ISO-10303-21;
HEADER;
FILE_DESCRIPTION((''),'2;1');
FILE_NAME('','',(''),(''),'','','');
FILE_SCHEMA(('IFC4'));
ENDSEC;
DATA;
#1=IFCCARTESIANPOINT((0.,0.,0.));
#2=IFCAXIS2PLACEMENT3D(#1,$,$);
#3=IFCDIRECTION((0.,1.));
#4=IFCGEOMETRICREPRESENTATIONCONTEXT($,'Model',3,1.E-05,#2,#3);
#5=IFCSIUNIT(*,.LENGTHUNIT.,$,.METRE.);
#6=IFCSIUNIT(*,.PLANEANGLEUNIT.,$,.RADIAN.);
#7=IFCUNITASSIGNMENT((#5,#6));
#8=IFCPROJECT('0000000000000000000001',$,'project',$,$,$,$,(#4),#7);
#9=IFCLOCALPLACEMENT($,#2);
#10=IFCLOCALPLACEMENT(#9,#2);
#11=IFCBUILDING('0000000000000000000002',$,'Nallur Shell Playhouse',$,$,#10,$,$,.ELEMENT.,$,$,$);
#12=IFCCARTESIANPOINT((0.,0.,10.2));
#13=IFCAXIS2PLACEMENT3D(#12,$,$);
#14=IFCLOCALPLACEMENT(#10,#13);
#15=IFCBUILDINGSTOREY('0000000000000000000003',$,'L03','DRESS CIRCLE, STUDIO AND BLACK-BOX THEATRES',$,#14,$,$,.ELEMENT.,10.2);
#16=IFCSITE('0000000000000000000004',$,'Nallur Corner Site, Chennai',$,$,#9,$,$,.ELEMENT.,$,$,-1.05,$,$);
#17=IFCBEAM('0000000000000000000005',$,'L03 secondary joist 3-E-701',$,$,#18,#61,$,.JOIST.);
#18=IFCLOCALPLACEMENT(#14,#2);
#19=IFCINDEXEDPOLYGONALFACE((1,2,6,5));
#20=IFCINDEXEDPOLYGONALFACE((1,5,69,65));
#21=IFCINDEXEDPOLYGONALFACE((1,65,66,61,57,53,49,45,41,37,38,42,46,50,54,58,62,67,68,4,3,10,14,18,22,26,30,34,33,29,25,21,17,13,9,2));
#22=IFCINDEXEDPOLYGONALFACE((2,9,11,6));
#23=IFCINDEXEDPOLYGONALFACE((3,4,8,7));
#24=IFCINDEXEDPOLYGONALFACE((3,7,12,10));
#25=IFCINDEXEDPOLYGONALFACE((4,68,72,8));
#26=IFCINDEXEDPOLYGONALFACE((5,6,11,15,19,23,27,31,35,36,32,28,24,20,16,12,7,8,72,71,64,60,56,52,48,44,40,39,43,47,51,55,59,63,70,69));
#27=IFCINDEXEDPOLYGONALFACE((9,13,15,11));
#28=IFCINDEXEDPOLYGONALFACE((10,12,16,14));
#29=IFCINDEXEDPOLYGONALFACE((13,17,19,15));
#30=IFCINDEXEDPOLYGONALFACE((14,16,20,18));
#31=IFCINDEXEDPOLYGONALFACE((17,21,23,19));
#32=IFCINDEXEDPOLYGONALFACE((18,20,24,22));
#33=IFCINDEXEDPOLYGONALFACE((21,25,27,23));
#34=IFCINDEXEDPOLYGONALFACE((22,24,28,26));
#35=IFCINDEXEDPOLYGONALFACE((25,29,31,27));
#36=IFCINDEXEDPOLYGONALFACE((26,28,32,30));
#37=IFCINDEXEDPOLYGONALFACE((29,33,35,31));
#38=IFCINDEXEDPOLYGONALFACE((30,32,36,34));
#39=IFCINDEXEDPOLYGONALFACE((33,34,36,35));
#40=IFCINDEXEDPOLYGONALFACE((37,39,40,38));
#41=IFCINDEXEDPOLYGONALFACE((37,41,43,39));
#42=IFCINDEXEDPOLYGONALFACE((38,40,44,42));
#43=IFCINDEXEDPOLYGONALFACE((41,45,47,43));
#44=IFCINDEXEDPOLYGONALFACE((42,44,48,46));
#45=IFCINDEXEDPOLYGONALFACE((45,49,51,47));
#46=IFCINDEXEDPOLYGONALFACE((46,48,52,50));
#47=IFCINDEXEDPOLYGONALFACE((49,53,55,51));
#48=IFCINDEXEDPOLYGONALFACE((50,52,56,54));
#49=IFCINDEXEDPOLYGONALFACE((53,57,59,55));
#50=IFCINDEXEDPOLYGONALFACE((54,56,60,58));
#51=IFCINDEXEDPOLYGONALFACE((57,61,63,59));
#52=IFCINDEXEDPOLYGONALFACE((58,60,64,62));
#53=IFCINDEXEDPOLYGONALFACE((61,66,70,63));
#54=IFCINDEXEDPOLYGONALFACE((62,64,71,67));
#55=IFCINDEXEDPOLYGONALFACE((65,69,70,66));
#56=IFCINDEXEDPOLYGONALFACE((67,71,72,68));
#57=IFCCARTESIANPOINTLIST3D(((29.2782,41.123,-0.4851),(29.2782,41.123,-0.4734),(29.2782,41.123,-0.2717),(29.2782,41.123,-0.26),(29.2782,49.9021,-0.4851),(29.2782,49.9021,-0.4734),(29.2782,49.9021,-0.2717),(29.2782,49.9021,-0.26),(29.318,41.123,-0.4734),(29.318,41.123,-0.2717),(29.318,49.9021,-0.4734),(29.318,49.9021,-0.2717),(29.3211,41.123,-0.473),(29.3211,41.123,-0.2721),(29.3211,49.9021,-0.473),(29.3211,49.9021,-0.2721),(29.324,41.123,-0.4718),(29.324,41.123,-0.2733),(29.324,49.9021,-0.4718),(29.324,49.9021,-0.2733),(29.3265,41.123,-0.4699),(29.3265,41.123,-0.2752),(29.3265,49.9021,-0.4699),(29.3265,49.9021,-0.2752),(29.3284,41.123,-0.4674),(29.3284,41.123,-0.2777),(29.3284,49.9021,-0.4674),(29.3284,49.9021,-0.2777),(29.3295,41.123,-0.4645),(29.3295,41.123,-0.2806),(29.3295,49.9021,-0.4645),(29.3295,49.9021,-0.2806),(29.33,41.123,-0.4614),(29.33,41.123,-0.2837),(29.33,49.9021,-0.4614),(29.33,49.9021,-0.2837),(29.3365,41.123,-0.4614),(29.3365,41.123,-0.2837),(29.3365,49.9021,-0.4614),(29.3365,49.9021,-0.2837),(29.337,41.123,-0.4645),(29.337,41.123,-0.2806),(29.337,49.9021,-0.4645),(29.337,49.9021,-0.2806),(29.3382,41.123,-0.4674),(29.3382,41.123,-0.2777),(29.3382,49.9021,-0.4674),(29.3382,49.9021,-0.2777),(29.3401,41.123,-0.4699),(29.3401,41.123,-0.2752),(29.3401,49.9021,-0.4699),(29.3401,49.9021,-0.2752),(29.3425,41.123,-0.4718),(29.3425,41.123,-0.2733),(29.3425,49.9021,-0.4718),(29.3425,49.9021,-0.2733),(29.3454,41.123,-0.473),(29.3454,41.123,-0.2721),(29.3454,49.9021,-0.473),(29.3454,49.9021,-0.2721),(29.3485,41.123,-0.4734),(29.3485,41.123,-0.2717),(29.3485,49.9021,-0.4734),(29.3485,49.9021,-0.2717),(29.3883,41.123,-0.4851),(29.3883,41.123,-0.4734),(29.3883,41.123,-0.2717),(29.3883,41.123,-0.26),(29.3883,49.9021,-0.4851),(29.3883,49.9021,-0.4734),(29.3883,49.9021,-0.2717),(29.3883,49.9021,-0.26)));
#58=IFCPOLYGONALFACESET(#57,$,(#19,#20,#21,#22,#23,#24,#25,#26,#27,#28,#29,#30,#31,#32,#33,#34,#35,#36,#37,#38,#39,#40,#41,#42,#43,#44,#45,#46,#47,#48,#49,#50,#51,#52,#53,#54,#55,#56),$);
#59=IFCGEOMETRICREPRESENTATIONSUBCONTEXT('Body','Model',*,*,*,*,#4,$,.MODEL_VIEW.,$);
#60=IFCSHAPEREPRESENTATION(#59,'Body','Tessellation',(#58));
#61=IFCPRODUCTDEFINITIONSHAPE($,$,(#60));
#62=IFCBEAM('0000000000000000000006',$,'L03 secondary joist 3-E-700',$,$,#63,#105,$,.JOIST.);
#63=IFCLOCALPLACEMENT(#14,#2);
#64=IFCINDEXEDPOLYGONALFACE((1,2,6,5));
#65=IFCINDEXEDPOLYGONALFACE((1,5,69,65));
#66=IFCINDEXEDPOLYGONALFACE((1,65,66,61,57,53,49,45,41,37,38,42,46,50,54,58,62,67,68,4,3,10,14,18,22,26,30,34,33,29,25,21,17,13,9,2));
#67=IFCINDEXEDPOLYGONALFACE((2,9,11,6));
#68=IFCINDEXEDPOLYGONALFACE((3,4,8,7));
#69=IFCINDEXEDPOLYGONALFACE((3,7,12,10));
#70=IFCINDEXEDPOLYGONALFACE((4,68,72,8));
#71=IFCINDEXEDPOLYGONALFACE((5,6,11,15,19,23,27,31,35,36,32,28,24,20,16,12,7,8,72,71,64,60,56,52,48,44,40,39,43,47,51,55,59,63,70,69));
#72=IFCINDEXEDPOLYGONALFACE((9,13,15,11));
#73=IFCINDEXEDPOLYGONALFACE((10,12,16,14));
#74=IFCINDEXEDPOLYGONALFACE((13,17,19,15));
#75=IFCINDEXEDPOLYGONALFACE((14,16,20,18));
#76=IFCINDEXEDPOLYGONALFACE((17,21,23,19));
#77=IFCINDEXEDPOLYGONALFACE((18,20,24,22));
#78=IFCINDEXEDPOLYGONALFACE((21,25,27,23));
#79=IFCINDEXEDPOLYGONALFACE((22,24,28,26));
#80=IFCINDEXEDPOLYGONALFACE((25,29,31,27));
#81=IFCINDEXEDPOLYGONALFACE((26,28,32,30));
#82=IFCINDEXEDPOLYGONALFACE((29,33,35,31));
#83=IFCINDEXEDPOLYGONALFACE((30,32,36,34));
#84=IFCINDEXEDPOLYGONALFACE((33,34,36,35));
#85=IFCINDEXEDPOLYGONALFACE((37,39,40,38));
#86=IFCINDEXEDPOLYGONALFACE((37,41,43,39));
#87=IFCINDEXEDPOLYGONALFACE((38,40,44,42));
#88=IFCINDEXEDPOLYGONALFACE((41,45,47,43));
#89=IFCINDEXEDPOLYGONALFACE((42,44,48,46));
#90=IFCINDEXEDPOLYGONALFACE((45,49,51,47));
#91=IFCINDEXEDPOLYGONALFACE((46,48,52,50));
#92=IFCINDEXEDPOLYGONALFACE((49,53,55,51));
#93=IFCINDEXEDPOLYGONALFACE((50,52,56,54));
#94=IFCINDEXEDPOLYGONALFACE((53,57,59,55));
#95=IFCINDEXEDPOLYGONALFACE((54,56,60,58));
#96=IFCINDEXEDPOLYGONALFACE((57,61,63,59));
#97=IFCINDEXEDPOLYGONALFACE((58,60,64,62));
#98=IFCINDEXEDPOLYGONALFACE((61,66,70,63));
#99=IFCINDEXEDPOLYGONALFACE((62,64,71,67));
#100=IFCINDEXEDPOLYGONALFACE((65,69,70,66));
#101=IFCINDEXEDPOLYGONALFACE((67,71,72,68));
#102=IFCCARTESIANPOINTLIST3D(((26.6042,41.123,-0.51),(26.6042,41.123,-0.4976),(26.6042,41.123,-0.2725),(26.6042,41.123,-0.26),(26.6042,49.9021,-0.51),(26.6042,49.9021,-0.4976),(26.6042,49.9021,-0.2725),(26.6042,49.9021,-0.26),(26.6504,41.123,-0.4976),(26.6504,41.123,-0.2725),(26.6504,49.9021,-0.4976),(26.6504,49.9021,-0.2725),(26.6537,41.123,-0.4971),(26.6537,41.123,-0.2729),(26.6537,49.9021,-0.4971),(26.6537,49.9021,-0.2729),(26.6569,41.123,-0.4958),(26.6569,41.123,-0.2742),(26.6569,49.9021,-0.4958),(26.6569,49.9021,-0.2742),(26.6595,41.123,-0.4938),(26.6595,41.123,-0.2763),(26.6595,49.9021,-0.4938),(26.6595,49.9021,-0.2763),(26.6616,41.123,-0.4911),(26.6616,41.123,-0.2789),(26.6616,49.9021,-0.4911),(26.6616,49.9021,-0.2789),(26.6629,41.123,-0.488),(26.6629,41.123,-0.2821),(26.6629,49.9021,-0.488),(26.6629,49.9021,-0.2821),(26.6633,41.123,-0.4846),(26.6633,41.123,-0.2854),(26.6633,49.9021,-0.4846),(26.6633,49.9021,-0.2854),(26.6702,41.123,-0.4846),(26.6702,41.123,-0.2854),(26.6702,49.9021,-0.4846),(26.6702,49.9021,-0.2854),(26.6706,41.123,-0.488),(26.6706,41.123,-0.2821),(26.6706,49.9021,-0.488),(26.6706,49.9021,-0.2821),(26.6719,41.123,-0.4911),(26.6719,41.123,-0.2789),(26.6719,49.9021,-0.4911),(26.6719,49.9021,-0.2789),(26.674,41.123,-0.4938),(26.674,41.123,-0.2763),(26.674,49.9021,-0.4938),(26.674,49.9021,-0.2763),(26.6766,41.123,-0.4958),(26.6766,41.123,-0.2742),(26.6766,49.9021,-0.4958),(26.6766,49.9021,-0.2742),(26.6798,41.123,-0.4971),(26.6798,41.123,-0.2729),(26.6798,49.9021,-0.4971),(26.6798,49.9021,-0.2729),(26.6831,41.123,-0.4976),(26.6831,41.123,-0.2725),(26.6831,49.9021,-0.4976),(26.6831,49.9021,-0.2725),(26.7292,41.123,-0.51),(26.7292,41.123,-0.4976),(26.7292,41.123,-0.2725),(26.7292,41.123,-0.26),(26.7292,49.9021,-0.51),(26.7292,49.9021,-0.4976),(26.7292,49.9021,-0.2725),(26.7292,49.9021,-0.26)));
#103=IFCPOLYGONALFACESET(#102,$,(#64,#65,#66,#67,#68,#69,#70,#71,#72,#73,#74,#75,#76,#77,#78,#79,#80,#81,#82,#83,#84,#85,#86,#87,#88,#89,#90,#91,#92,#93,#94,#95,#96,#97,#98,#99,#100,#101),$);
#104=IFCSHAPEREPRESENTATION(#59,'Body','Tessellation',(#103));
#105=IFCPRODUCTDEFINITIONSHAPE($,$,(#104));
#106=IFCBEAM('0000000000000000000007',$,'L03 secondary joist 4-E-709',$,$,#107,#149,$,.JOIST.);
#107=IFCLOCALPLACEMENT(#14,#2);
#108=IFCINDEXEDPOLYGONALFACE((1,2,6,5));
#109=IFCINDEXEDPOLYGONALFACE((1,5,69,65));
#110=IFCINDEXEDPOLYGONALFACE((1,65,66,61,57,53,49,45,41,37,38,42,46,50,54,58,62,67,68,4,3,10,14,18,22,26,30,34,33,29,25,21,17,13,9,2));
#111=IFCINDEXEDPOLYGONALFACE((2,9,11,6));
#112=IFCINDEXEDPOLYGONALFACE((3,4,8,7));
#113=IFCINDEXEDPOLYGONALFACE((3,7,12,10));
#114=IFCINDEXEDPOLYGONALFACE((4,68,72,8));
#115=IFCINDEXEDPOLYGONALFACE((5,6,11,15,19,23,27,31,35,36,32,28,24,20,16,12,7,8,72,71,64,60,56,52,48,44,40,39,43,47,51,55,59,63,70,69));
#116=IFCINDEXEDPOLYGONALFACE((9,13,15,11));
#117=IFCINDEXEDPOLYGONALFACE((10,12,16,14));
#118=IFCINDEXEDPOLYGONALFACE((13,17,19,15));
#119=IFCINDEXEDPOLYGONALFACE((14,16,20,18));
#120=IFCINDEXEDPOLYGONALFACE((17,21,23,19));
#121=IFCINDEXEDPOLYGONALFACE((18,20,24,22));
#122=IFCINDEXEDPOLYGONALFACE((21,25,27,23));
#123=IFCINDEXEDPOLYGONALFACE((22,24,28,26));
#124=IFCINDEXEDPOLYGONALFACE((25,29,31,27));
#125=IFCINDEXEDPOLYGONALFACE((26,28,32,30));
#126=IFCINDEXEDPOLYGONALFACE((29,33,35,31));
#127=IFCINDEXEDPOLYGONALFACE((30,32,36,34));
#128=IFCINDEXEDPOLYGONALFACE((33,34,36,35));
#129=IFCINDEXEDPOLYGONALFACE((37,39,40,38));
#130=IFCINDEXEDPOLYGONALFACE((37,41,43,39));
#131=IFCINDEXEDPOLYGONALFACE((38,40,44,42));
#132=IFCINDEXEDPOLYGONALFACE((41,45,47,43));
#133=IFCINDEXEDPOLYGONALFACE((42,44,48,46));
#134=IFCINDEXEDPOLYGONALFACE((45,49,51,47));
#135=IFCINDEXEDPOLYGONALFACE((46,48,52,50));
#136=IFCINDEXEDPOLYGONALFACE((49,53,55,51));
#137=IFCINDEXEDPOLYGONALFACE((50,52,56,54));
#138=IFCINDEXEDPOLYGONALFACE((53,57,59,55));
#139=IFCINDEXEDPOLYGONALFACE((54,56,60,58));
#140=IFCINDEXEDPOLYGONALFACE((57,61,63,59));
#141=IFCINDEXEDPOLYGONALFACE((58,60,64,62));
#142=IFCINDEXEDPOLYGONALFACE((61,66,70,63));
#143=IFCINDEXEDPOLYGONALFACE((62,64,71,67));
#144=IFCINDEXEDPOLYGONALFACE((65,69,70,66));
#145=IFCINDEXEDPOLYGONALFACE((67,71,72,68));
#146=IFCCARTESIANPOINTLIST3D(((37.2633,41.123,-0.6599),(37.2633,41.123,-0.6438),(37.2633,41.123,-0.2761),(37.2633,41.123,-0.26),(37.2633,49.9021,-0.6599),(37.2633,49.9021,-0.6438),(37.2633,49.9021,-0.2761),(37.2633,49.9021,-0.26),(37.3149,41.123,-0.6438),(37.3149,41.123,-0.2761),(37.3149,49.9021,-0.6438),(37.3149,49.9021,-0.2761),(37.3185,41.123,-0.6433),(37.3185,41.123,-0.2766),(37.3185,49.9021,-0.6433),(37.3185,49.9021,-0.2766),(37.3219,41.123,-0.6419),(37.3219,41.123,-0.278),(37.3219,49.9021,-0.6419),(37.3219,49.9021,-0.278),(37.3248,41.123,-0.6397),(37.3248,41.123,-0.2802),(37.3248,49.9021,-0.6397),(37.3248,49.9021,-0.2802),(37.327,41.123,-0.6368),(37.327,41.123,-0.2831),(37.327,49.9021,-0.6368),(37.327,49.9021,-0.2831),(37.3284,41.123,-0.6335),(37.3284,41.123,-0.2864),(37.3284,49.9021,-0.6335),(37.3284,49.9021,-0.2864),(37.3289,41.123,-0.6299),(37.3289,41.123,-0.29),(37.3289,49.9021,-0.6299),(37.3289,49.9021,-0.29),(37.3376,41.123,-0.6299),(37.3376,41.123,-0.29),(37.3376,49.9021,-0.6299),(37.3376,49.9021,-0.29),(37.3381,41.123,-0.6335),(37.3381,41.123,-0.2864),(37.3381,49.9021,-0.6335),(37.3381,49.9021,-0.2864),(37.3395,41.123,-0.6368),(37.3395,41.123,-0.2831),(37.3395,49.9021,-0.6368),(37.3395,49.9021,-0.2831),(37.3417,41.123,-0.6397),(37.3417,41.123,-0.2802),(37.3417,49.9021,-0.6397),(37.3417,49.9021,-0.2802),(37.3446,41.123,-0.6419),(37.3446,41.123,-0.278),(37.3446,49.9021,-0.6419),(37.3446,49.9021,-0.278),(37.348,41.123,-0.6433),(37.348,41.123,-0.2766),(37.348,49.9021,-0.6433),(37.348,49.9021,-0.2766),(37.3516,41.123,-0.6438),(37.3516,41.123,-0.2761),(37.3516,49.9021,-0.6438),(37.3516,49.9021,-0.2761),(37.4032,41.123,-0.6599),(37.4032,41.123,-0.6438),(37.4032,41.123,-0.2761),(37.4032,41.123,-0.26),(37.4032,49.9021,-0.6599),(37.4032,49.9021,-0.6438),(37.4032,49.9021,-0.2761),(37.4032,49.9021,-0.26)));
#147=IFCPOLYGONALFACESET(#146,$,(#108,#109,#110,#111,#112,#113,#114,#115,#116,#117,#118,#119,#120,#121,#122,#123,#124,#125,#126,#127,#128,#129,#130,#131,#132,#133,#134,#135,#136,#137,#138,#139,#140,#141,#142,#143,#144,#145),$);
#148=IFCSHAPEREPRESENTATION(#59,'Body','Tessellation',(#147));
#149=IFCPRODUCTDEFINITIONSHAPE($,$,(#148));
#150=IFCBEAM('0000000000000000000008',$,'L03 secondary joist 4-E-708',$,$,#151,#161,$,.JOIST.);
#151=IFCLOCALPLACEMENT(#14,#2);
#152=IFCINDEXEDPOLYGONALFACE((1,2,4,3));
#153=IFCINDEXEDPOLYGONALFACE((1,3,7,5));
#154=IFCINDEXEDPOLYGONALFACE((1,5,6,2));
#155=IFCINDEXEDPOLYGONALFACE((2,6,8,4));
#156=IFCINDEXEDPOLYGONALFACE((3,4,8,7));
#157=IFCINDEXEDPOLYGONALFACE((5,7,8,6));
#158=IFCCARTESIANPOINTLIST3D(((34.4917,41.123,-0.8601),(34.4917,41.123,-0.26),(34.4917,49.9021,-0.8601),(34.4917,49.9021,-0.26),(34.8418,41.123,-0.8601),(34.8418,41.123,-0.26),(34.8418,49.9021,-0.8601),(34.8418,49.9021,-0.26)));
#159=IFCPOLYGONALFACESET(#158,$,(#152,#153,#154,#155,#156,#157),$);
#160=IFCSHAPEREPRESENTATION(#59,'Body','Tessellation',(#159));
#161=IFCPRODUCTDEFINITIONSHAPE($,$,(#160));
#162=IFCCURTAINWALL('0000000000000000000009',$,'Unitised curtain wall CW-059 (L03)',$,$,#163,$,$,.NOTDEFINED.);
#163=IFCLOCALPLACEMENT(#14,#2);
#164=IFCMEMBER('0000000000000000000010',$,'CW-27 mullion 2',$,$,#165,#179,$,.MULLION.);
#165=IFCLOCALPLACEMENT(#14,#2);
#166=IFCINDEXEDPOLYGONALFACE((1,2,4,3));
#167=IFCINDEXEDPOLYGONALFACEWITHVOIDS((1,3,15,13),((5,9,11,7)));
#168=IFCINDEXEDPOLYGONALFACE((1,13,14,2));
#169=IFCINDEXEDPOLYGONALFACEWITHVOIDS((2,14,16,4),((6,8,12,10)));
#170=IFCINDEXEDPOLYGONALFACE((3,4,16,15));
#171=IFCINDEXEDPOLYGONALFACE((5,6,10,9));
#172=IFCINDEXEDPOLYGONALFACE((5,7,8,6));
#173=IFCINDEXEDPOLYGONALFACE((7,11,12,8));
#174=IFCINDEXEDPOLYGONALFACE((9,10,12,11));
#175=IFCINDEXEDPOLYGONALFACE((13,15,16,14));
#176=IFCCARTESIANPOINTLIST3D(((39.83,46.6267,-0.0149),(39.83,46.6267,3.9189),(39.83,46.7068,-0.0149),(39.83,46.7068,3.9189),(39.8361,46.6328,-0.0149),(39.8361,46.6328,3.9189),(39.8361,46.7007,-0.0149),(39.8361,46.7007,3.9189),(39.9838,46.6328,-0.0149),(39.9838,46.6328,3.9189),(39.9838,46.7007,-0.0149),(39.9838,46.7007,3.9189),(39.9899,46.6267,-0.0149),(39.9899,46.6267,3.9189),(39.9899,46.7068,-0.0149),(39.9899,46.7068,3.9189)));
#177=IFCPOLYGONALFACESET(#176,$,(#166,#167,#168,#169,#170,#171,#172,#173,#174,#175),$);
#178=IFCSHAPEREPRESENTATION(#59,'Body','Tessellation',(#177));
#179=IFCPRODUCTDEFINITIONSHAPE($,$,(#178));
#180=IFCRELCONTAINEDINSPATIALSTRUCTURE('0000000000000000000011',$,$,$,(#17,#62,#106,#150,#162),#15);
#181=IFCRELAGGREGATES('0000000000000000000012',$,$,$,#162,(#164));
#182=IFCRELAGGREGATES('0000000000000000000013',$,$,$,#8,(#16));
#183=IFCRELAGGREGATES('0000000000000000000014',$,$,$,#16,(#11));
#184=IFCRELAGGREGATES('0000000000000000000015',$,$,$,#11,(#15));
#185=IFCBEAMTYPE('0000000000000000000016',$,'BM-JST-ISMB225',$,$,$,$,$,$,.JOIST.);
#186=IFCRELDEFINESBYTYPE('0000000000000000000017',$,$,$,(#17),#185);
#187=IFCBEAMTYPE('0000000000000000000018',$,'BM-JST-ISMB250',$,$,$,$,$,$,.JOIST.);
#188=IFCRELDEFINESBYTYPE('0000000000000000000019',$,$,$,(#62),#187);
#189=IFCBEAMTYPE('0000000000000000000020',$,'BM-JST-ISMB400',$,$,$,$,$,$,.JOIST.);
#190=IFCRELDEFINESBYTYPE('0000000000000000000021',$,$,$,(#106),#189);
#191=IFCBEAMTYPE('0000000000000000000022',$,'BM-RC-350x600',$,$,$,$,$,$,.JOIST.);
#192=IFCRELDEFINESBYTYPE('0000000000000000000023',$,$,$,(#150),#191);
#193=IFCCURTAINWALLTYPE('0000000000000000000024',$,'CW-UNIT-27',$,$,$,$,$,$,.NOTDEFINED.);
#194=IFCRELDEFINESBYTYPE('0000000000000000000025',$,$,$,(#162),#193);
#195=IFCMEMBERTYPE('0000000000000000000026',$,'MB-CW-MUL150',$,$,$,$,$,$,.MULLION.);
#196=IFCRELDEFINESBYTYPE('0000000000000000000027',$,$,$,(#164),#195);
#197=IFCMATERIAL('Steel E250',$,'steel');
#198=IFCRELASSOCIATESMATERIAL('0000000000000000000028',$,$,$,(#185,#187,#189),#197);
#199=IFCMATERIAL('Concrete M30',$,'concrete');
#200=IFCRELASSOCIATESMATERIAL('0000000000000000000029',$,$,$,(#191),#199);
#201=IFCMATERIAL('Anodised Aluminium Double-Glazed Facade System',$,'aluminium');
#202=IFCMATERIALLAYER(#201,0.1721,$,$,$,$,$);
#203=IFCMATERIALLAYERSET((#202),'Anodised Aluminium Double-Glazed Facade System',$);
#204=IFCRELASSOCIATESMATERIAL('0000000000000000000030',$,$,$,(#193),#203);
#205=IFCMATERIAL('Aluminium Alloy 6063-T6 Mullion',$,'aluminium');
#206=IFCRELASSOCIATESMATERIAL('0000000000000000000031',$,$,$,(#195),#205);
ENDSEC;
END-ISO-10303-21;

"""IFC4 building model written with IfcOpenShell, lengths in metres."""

from ifc_helpers import new_model, si_unit, direction, frame, origin, origin_2d, place, context, subcontext, project, spatial, rectangle, hollow_rectangle, i_section, extrude, material, layer, layer_set, material_profile, profile_set, type_object, element, aggregate, save


model = new_model("IFC4")

# Units and contexts
model_context = context("Model", 3, precision=1e-05, world=origin(), true_north=direction((0.0, 1.0)))
body_context = subcontext(model_context, "Body", "Model", "MODEL_VIEW")
ifc_project = project(units=[si_unit("LENGTHUNIT", "METRE"), si_unit("PLANEANGLEUNIT", "RADIAN")], contexts=[model_context])

# Site, building, storey
site_placement = place(None, origin())
site = spatial("IfcSite", under=ifc_project, at=site_placement, Name="Nallur Corner Site, Chennai", CompositionType="ELEMENT", RefElevation=-1.05)
building_placement = place(site_placement, origin())
building = spatial("IfcBuilding", under=site, at=building_placement, Name="Nallur Shell Playhouse", CompositionType="ELEMENT")
storey_placement = place(building_placement, frame((0.0, 0.0, 10.2)))
storey = spatial("IfcBuildingStorey", under=building, at=storey_placement, Name="L03", Description="DRESS CIRCLE, STUDIO AND BLACK-BOX THEATRES", CompositionType="ELEMENT", Elevation=10.2)

# Beams
ifc_material_1 = material(Name="Steel E250", Category="steel")
ifc_material_profile_1 = material_profile(ifc_material_1, i_section(OverallWidth=0.1101, OverallDepth=0.2251, WebThickness=0.0066, FlangeThickness=0.0117, FilletRadius=0.012, at=origin_2d()), Name="ISMB 225")
ifc_profile_set_1 = profile_set([ifc_material_profile_1], Name="Steel E250")
beam_type_1 = type_object("IfcBeamType", Name="BM-JST-ISMB225", PredefinedType="JOIST", material=ifc_profile_set_1)
beam_1_placement = place(storey_placement, frame((29.3333, 41.123, -0.3726), z_axis=(0.0, 1.0, 0.0), x_axis=(-1.0, 0.0, 0.0)))
element("IfcBeam", 1, at=beam_1_placement, inside=storey, type_object=beam_type_1, Name="L03 secondary joist 3-E-701", PredefinedType="JOIST", context=body_context, shape_type="SweptSolid", body=[
    extrude(i_section(OverallWidth=0.1101, OverallDepth=0.2251, WebThickness=0.0066, FlangeThickness=0.0117, FilletRadius=0.012, at=origin_2d()), origin(), (0.0, 0.0, 1.0), 8.7791),
])
ifc_material_profile_2 = material_profile(ifc_material_1, i_section(OverallWidth=0.125, OverallDepth=0.25, WebThickness=0.0068, FlangeThickness=0.0125, FilletRadius=0.0129, at=origin_2d()), Name="ISMB 250")
ifc_profile_set_2 = profile_set([ifc_material_profile_2], Name="Steel E250")
beam_type_2 = type_object("IfcBeamType", Name="BM-JST-ISMB250", PredefinedType="JOIST", material=ifc_profile_set_2)
beam_2_placement = place(storey_placement, frame((26.6667, 41.123, -0.385), z_axis=(0.0, 1.0, 0.0), x_axis=(-1.0, 0.0, 0.0)))
element("IfcBeam", 2, at=beam_2_placement, inside=storey, type_object=beam_type_2, Name="L03 secondary joist 3-E-700", PredefinedType="JOIST", context=body_context, shape_type="SweptSolid", body=[
    extrude(i_section(OverallWidth=0.125, OverallDepth=0.25, WebThickness=0.0068, FlangeThickness=0.0125, FilletRadius=0.0129, at=origin_2d()), origin(), (0.0, 0.0, 1.0), 8.7791),
])
ifc_material_profile_3 = material_profile(ifc_material_1, i_section(OverallWidth=0.1399, OverallDepth=0.3999, WebThickness=0.0088, FlangeThickness=0.0161, FilletRadius=0.0139, at=origin_2d()), Name="ISMB 400")
ifc_profile_set_3 = profile_set([ifc_material_profile_3], Name="Steel E250")
beam_type_3 = type_object("IfcBeamType", Name="BM-JST-ISMB400", PredefinedType="JOIST", material=ifc_profile_set_3)
beam_3_placement = place(storey_placement, frame((37.3333, 41.123, -0.46), z_axis=(0.0, 1.0, 0.0), x_axis=(-1.0, 0.0, 0.0)))
element("IfcBeam", 3, at=beam_3_placement, inside=storey, type_object=beam_type_3, Name="L03 secondary joist 4-E-709", PredefinedType="JOIST", context=body_context, shape_type="SweptSolid", body=[
    extrude(i_section(OverallWidth=0.1399, OverallDepth=0.3999, WebThickness=0.0088, FlangeThickness=0.0161, FilletRadius=0.0139, at=origin_2d()), origin(), (0.0, 0.0, 1.0), 8.7791),
])
ifc_material_2 = material(Name="Concrete M30", Category="concrete")
ifc_material_profile_4 = material_profile(ifc_material_2, rectangle(XDim=0.3501, YDim=0.6001, at=origin_2d()), Name="RC 350x600")
ifc_profile_set_4 = profile_set([ifc_material_profile_4], Name="Concrete M30")
beam_type_4 = type_object("IfcBeamType", Name="BM-RC-350x600", PredefinedType="JOIST", material=ifc_profile_set_4)
beam_4_placement = place(storey_placement, frame((34.6667, 41.123, -0.5601), z_axis=(0.0, 1.0, 0.0), x_axis=(-1.0, 0.0, 0.0)))
element("IfcBeam", 4, at=beam_4_placement, inside=storey, type_object=beam_type_4, Name="L03 secondary joist 4-E-708", PredefinedType="JOIST", context=body_context, shape_type="SweptSolid", body=[
    extrude(rectangle(XDim=0.3501, YDim=0.6001, at=origin_2d()), origin(), (0.0, 0.0, 1.0), 8.7791),
])

# Curtain wall, member
ifc_material_3 = material(Name="Anodised Aluminium Double-Glazed Facade System", Category="aluminium")
ifc_layer_1 = layer(ifc_material_3, 0.1721)
ifc_layer_set_1 = layer_set([ifc_layer_1], Name="Anodised Aluminium Double-Glazed Facade System")
curtain_wall_type = type_object("IfcCurtainWallType", Name="CW-UNIT-27", PredefinedType="NOTDEFINED", material=ifc_layer_set_1)
curtain_wall_placement = place(storey_placement, origin())
curtain_wall = element("IfcCurtainWall", 5, at=curtain_wall_placement, inside=storey, type_object=curtain_wall_type, Name="Unitised curtain wall CW-059 (L03)", PredefinedType="NOTDEFINED")
ifc_material_4 = material(Name="Aluminium Alloy 6063-T6 Mullion", Category="aluminium")
ifc_material_profile_5 = material_profile(ifc_material_4, hollow_rectangle(XDim=0.0801, YDim=0.1599, WallThickness=0.0061, at=origin_2d()), Name="RHS 160x80x6")
ifc_profile_set_5 = profile_set([ifc_material_profile_5], Name="Aluminium Alloy 6063-T6 Mullion")
member_type_1 = type_object("IfcMemberType", Name="MB-CW-MUL150", PredefinedType="MULLION", material=ifc_profile_set_5)
member_1_placement = place(storey_placement, frame((39.9099, 46.6667, -0.0149), z_axis=(0.0, 0.0, 1.0), x_axis=(0.0, -1.0, 0.0)))
member_1 = element("IfcMember", 6, at=member_1_placement, type_object=member_type_1, Name="CW-27 mullion 2", PredefinedType="MULLION", context=body_context, shape_type="SweptSolid", body=[
    extrude(hollow_rectangle(XDim=0.0801, YDim=0.1599, WallThickness=0.0061, at=origin_2d()), origin(), (0.0, 0.0, 1.0), 3.9338),
])
aggregate(curtain_wall, [member_1])

save(model, "model.ifc")
